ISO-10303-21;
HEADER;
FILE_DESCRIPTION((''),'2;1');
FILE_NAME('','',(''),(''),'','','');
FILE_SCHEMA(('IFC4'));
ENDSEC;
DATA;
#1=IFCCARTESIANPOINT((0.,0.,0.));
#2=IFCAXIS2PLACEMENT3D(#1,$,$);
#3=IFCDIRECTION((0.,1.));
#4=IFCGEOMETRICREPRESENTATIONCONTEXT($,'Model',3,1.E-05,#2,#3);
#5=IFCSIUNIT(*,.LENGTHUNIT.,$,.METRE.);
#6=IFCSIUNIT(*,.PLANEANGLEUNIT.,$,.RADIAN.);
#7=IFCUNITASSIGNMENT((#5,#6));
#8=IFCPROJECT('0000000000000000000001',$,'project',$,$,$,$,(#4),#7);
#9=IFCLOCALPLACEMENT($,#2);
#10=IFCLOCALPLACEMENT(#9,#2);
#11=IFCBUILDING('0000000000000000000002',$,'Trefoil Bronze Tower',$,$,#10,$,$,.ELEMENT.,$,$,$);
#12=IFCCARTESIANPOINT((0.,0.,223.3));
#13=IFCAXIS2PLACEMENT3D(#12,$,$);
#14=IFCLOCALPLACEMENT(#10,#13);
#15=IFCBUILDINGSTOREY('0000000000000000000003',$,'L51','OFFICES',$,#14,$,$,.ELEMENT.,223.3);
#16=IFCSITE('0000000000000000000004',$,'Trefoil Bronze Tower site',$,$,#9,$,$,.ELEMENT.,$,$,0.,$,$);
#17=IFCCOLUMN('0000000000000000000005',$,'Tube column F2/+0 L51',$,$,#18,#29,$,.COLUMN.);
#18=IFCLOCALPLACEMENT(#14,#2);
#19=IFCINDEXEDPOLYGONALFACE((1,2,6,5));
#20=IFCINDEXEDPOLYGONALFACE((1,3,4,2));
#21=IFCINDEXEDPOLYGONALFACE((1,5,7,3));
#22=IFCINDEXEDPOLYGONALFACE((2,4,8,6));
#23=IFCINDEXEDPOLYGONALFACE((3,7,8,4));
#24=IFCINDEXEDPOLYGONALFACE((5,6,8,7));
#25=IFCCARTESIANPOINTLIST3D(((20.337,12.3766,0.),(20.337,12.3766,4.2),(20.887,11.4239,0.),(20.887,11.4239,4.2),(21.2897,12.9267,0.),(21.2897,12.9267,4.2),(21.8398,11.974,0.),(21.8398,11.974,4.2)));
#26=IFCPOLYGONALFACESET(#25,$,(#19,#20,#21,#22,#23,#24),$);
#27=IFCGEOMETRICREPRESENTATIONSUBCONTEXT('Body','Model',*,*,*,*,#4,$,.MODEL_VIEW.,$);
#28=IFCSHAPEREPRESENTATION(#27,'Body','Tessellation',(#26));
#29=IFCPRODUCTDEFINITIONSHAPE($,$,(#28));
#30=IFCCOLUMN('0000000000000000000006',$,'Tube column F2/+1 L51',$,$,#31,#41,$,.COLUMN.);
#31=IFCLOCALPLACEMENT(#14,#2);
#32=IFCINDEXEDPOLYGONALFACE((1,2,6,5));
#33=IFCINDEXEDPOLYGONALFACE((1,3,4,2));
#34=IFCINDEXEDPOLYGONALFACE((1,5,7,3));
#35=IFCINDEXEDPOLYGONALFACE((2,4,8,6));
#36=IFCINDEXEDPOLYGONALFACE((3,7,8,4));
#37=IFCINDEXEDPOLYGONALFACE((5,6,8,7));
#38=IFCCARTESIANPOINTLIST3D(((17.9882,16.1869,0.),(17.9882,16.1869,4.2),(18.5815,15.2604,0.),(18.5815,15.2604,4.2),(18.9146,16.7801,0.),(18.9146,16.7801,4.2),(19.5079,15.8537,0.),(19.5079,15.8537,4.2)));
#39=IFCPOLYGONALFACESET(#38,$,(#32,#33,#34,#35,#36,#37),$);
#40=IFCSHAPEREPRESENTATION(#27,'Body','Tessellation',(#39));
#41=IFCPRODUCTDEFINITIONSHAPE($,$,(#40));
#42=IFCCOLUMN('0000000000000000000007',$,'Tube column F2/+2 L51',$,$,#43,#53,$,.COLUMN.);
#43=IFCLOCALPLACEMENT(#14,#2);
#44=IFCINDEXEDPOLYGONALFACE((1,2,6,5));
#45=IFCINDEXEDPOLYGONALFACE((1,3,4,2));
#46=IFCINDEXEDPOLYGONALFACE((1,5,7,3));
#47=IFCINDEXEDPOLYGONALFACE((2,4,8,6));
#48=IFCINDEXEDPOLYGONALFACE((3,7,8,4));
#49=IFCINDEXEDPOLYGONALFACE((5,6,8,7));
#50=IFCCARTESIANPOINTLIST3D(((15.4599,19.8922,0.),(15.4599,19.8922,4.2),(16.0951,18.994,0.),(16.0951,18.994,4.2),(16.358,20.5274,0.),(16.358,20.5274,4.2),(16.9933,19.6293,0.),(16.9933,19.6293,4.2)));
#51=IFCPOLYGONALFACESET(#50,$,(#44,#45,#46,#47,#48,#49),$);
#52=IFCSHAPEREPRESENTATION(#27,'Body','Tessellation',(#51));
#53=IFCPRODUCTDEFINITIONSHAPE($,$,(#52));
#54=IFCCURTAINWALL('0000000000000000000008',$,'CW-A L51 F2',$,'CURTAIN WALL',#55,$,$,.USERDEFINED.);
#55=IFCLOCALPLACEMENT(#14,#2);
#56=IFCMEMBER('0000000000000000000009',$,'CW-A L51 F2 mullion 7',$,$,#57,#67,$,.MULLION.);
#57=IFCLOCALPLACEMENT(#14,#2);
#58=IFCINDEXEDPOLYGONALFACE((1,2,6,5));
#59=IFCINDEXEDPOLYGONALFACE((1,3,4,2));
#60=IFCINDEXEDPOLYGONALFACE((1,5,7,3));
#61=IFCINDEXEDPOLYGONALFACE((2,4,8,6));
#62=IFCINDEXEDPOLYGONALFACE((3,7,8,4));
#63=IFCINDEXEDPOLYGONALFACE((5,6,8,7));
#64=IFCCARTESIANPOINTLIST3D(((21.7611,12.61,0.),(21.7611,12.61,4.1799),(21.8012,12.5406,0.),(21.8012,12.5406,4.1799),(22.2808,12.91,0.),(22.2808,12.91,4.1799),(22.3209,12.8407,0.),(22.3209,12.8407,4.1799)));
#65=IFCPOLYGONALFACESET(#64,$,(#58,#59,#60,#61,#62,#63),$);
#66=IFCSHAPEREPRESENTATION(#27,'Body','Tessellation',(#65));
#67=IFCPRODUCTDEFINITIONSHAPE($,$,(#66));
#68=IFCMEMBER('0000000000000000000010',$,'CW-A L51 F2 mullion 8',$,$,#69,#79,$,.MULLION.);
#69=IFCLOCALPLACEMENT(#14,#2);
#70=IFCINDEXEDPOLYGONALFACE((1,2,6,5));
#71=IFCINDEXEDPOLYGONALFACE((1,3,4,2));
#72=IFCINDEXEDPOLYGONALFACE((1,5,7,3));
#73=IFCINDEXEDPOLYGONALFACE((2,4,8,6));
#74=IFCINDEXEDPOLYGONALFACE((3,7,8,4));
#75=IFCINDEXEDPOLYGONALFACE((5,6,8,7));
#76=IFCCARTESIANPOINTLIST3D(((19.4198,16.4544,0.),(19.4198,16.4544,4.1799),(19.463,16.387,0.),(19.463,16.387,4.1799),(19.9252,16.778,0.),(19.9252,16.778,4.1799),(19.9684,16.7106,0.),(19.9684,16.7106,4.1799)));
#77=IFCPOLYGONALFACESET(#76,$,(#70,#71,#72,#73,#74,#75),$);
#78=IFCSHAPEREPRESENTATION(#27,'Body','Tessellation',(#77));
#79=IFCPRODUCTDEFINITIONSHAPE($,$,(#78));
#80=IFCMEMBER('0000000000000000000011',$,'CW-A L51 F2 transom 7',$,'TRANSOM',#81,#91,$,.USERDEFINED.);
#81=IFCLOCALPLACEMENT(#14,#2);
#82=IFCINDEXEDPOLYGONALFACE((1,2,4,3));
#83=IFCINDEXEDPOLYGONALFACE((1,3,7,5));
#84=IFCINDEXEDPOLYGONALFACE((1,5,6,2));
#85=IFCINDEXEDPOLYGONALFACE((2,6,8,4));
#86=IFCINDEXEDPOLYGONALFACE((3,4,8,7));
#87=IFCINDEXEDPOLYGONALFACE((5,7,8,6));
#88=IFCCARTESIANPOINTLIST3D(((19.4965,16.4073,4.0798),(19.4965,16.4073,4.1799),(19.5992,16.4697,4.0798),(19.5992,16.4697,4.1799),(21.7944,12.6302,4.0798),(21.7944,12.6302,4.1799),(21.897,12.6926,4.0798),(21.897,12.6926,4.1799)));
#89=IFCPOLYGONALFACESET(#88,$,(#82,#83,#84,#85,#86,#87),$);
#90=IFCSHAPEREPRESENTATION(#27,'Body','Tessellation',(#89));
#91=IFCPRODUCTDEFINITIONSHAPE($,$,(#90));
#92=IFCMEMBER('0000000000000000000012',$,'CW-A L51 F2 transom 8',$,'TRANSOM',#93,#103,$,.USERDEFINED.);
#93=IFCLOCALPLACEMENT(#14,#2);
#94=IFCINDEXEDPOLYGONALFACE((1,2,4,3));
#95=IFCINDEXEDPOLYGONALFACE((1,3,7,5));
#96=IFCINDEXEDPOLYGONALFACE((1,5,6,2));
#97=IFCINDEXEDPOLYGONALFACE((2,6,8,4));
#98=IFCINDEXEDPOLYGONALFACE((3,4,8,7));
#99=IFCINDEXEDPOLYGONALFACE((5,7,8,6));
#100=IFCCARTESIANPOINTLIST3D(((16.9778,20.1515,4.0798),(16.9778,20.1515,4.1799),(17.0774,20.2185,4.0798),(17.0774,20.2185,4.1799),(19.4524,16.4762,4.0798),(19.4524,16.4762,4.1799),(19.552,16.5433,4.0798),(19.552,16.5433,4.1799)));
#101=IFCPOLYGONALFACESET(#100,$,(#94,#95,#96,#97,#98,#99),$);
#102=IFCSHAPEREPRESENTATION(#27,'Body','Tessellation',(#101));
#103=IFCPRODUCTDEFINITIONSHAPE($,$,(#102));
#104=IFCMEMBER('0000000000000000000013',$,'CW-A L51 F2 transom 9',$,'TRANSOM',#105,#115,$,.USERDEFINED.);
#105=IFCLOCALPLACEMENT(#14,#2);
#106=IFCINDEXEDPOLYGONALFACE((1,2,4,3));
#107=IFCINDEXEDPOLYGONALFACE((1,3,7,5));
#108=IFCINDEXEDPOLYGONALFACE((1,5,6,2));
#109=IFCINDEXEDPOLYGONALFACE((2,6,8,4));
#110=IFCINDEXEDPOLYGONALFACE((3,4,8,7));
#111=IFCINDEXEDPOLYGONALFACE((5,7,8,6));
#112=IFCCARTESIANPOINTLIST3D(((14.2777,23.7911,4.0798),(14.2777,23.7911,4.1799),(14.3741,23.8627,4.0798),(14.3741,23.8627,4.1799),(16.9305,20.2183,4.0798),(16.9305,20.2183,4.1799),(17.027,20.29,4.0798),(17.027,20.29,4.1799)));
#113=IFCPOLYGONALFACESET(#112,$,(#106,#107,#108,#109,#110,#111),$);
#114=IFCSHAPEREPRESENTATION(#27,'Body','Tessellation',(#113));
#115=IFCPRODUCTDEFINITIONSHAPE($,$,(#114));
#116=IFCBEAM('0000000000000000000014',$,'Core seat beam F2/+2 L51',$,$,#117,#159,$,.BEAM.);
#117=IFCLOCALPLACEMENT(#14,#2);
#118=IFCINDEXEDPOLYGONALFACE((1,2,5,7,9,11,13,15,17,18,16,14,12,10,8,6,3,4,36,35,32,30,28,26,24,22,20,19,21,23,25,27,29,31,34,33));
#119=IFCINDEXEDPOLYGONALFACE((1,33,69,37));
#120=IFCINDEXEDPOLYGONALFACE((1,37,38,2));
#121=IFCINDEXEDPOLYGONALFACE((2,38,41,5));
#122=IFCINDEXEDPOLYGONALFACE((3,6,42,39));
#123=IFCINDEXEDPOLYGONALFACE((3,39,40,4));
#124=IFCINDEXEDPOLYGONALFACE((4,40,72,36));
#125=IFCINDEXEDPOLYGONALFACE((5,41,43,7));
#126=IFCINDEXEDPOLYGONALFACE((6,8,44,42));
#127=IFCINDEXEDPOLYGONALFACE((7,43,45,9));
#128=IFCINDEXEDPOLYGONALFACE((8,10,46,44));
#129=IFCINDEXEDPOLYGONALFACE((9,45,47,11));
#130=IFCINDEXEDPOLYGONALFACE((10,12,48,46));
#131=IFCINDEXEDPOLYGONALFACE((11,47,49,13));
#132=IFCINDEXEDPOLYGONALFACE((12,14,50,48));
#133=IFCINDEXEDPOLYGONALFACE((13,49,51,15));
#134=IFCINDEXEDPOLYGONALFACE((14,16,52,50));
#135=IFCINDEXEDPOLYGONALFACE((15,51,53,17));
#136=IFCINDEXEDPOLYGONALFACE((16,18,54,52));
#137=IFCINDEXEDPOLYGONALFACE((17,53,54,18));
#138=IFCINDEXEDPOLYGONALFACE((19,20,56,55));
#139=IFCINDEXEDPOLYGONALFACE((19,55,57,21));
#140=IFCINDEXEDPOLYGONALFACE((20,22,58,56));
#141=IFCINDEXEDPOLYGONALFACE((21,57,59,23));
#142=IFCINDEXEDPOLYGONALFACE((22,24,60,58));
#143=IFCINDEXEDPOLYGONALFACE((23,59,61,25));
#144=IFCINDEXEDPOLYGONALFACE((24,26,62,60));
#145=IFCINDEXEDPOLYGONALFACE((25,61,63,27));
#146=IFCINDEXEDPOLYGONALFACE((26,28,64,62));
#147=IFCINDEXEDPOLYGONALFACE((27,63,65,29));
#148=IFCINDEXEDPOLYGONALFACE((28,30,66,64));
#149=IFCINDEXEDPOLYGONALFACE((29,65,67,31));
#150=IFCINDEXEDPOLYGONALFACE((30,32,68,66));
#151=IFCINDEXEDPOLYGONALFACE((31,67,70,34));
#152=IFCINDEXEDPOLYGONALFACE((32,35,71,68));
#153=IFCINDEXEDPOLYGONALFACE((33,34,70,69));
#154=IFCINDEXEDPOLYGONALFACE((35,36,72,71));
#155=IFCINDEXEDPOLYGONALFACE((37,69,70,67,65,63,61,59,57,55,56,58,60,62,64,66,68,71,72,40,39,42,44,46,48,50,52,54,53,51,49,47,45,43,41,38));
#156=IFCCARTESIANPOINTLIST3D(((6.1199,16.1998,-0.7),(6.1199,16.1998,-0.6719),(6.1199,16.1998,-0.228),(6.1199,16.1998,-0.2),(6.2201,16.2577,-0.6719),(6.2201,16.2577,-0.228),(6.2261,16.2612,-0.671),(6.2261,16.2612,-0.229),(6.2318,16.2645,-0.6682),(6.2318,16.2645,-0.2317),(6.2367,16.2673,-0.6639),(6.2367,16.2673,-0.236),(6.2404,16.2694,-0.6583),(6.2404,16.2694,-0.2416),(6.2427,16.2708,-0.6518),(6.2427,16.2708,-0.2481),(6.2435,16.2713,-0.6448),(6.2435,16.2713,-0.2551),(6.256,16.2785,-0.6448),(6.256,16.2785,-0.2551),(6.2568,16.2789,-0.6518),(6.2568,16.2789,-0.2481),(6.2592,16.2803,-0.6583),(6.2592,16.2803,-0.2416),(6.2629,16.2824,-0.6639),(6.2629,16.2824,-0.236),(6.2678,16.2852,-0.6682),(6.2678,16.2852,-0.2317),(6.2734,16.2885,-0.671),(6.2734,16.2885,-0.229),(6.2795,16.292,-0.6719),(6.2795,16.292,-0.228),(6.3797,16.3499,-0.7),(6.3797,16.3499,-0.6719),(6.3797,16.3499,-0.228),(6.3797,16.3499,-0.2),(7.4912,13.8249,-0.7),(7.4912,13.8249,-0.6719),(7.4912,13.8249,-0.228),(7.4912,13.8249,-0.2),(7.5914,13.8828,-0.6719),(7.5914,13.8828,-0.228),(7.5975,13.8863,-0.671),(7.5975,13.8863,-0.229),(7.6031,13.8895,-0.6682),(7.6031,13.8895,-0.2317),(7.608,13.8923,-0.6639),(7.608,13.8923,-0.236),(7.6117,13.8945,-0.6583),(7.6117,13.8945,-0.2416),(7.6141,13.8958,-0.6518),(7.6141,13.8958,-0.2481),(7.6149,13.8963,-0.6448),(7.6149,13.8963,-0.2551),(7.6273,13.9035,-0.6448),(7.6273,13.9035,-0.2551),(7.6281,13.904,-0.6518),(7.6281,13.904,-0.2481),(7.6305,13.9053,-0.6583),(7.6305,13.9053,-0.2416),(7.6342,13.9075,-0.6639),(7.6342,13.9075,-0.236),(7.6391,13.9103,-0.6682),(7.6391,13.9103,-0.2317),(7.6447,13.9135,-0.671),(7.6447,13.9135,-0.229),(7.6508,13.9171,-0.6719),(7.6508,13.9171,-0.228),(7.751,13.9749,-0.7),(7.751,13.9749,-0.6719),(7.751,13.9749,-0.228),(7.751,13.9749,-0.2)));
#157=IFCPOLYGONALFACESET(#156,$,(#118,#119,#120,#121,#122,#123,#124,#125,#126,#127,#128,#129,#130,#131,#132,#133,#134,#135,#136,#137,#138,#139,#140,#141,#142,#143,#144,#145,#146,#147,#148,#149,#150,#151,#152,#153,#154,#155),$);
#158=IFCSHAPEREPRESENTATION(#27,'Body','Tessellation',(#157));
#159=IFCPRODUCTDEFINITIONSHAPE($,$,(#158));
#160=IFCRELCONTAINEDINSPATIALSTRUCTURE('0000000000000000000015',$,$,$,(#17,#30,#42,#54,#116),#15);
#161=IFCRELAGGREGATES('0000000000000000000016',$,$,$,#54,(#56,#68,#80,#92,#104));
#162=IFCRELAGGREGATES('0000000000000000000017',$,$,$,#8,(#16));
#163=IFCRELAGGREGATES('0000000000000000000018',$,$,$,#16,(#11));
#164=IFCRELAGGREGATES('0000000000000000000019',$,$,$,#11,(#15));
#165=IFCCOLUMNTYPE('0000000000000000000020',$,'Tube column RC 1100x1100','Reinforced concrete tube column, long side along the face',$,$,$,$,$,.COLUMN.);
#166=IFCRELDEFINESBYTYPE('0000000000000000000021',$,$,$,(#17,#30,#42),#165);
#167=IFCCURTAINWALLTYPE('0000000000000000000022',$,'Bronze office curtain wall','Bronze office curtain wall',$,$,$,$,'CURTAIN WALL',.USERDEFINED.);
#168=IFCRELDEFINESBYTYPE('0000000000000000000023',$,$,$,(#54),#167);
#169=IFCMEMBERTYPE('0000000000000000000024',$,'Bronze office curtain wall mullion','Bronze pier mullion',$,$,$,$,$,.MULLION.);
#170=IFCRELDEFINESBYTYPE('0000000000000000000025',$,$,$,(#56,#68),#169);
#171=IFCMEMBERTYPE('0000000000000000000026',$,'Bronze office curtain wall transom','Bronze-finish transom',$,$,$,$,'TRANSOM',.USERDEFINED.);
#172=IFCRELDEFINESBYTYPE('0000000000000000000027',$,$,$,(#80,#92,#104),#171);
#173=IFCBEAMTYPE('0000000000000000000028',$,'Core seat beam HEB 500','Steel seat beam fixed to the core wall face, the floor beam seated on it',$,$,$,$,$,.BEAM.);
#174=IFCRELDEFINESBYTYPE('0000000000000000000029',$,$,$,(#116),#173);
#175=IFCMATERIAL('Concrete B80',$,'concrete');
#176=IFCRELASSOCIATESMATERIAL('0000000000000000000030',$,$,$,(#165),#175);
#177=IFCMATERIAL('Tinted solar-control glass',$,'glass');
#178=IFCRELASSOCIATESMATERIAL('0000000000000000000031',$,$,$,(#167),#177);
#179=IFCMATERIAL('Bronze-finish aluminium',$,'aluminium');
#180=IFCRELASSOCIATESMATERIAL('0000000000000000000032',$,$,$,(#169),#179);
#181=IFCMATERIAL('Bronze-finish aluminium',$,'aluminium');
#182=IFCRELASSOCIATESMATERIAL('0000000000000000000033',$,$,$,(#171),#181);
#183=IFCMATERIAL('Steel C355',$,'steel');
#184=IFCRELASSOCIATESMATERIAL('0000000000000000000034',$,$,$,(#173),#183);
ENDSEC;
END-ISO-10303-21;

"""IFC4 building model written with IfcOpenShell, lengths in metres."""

from ifc_helpers import new_model, si_unit, direction, frame, origin, origin_2d, place, context, subcontext, project, spatial, rectangle, i_section, extrude, material, material_profile, profile_set, type_object, element, aggregate, save


model = new_model("IFC4")

# Units and contexts
model_context = context("Model", 3, precision=1e-05, world=origin(), true_north=direction((0.0, 1.0)))
body_context = subcontext(model_context, "Body", "Model", "MODEL_VIEW")
ifc_project = project(units=[si_unit("LENGTHUNIT", "METRE"), si_unit("PLANEANGLEUNIT", "RADIAN")], contexts=[model_context])

# Site, building, storey
site_placement = place(None, origin())
site = spatial("IfcSite", under=ifc_project, at=site_placement, Name="Trefoil Bronze Tower site", CompositionType="ELEMENT", RefElevation=0.0)
building_placement = place(site_placement, origin())
building = spatial("IfcBuilding", under=site, at=building_placement, Name="Trefoil Bronze Tower", CompositionType="ELEMENT")
storey_placement = place(building_placement, frame((0.0, 0.0, 223.3)))
storey = spatial("IfcBuildingStorey", under=building, at=storey_placement, Name="L51", Description="OFFICES", CompositionType="ELEMENT", Elevation=223.3)

# Columns
ifc_material_1 = material(Name="Concrete B80", Category="concrete")
ifc_material_profile_1 = material_profile(ifc_material_1, rectangle(XDim=1.1001, YDim=1.1001, at=origin_2d()), Name="RC 1100x1100")
ifc_profile_set_1 = profile_set([ifc_material_profile_1], Name="Concrete B80")
column_type = type_object("IfcColumnType", Name="Tube column RC 1100x1100", Description="Reinforced concrete tube column, long side along the face", PredefinedType="COLUMN", material=ifc_profile_set_1)
for number, where, z_axis, x_axis, name in (
    (1, (21.0884, 12.1753, 0.0), (0.0, 0.0, 1.0), (-0.5, 0.866025, 0.0), "Tube column F2/+0 L51"),
    (2, (18.748, 16.0203, 0.0), (0.0, 0.0, 1.0), (-0.53927, 0.842133, 0.0), "Tube column F2/+1 L51"),
    (3, (16.2266, 19.7607, 0.0), (0.0, 0.0, 1.0), (-0.577481, 0.816404, 0.0), "Tube column F2/+2 L51"),
):
    element("IfcColumn", number, at=place(storey_placement, frame(where, z_axis=z_axis, x_axis=x_axis)), inside=storey, type_object=column_type, Name=name, PredefinedType="COLUMN", context=body_context, shape_type="SweptSolid", body=[
        extrude(rectangle(XDim=1.1001, YDim=1.1001, at=origin_2d()), origin(), (0.0, 0.0, 1.0), 4.2),
    ])

# Curtain wall, members
ifc_material_2 = material(Name="Tinted solar-control glass", Category="glass")
curtain_wall_type = type_object("IfcCurtainWallType", Name="Bronze office curtain wall", Description="Bronze office curtain wall", ElementType="CURTAIN WALL", PredefinedType="USERDEFINED", material=ifc_material_2)
curtain_wall_placement = place(storey_placement, origin())
curtain_wall = element("IfcCurtainWall", 4, at=curtain_wall_placement, inside=storey, type_object=curtain_wall_type, Name="CW-A L51 F2", ObjectType="CURTAIN WALL", PredefinedType="USERDEFINED")
ifc_material_3 = material(Name="Bronze-finish aluminium", Category="aluminium")
ifc_material_profile_2 = material_profile(ifc_material_3, rectangle(XDim=0.6001, YDim=0.0801, at=origin_2d()), Name="CW-A mullion")
ifc_profile_set_2 = profile_set([ifc_material_profile_2], Name="Bronze-finish aluminium")
member_type_1 = type_object("IfcMemberType", Name="Bronze office curtain wall mullion", Description="Bronze pier mullion", PredefinedType="MULLION", material=ifc_profile_set_2)
member_1_placement = place(storey_placement, frame((22.041, 12.7253, 0.0), z_axis=(0.0, 0.0, 1.0), x_axis=(-0.866025, -0.5, 0.0)))
member_1 = element("IfcMember", 5, at=member_1_placement, type_object=member_type_1, Name="CW-A L51 F2 mullion 7", PredefinedType="MULLION", context=body_context, shape_type="SweptSolid", body=[
    extrude(rectangle(XDim=0.6001, YDim=0.0801, at=origin_2d()), origin(), (0.0, 0.0, 1.0), 4.1799),
])
member_2_placement = place(storey_placement, frame((19.6941, 16.5825, 0.0), z_axis=(0.0, 0.0, 1.0), x_axis=(-0.842133, -0.53927, 0.0)))
member_2 = element("IfcMember", 6, at=member_2_placement, type_object=member_type_1, Name="CW-A L51 F2 mullion 8", PredefinedType="MULLION", context=body_context, shape_type="SweptSolid", body=[
    extrude(rectangle(XDim=0.6001, YDim=0.0801, at=origin_2d()), origin(), (0.0, 0.0, 1.0), 4.1799),
])
ifc_material_4 = material(Name="Bronze-finish aluminium", Category="aluminium")
ifc_material_profile_3 = material_profile(ifc_material_4, rectangle(XDim=0.1201, YDim=0.1001, at=origin_2d()), Name="CW-A transom")
ifc_profile_set_3 = profile_set([ifc_material_profile_3], Name="Bronze-finish aluminium")
member_type_2 = type_object("IfcMemberType", Name="Bronze office curtain wall transom", Description="Bronze-finish transom", ElementType="TRANSOM", PredefinedType="USERDEFINED", material=ifc_profile_set_3)
member_3_placement = place(storey_placement, frame((21.8457, 12.6614, 4.1299), z_axis=(-0.51974, 0.854324, 0.0), x_axis=(-0.854324, -0.51974, 0.0)))
member_3 = element("IfcMember", 7, at=member_3_placement, type_object=member_type_2, Name="CW-A L51 F2 transom 7", ObjectType="TRANSOM", PredefinedType="USERDEFINED", context=body_context, shape_type="SweptSolid", body=[
    extrude(rectangle(XDim=0.1201, YDim=0.1001, at=origin_2d()), origin(), (0.0, 0.0, 1.0), 4.4211),
])
member_4_placement = place(storey_placement, frame((19.5022, 16.5098, 4.1299), z_axis=(-0.558509, 0.829498, 0.0), x_axis=(-0.829498, -0.558509, 0.0)))
member_4 = element("IfcMember", 8, at=member_4_placement, type_object=member_type_2, Name="CW-A L51 F2 transom 8", ObjectType="TRANSOM", PredefinedType="USERDEFINED", context=body_context, shape_type="SweptSolid", body=[
    extrude(rectangle(XDim=0.1201, YDim=0.1001, at=origin_2d()), origin(), (0.0, 0.0, 1.0), 4.4307),
])
member_5_placement = place(storey_placement, frame((16.9788, 20.2542, 4.1299), z_axis=(-0.596148, 0.802874, 0.0), x_axis=(-0.802874, -0.596148, 0.0)))
member_5 = element("IfcMember", 9, at=member_5_placement, type_object=member_type_2, Name="CW-A L51 F2 transom 9", ObjectType="TRANSOM", PredefinedType="USERDEFINED", context=body_context, shape_type="SweptSolid", body=[
    extrude(rectangle(XDim=0.1201, YDim=0.1001, at=origin_2d()), origin(), (0.0, 0.0, 1.0), 4.45),
])

# Beam
ifc_material_5 = material(Name="Steel C355", Category="steel")
ifc_material_profile_4 = material_profile(ifc_material_5, i_section(OverallWidth=0.3, OverallDepth=0.5, WebThickness=0.0144, FlangeThickness=0.0281, FilletRadius=0.0271, at=origin_2d()), Name="HEB 500")
ifc_profile_set_4 = profile_set([ifc_material_profile_4], Name="Steel C355")
beam_type_1 = type_object("IfcBeamType", Name="Core seat beam HEB 500", Description="Steel seat beam fixed to the core wall face, the floor beam seated on it", PredefinedType="BEAM", material=ifc_profile_set_4)
beam_1_placement = place(storey_placement, frame((7.6211, 13.8999, -0.45), z_axis=(-0.500036, 0.866005, 0.0), x_axis=(-0.866005, -0.500036, 0.0)))
element("IfcBeam", 10, at=beam_1_placement, inside=storey, type_object=beam_type_1, Name="Core seat beam F2/+2 L51", PredefinedType="BEAM", context=body_context, shape_type="SweptSolid", body=[
    extrude(i_section(OverallWidth=0.3, OverallDepth=0.5, WebThickness=0.0144, FlangeThickness=0.0281, FilletRadius=0.0271, at=origin_2d()), origin(), (0.0, 0.0, 1.0), 2.7424),
])

aggregate(curtain_wall, [member_1, member_2, member_3, member_4, member_5])

save(model, "model.ifc")
